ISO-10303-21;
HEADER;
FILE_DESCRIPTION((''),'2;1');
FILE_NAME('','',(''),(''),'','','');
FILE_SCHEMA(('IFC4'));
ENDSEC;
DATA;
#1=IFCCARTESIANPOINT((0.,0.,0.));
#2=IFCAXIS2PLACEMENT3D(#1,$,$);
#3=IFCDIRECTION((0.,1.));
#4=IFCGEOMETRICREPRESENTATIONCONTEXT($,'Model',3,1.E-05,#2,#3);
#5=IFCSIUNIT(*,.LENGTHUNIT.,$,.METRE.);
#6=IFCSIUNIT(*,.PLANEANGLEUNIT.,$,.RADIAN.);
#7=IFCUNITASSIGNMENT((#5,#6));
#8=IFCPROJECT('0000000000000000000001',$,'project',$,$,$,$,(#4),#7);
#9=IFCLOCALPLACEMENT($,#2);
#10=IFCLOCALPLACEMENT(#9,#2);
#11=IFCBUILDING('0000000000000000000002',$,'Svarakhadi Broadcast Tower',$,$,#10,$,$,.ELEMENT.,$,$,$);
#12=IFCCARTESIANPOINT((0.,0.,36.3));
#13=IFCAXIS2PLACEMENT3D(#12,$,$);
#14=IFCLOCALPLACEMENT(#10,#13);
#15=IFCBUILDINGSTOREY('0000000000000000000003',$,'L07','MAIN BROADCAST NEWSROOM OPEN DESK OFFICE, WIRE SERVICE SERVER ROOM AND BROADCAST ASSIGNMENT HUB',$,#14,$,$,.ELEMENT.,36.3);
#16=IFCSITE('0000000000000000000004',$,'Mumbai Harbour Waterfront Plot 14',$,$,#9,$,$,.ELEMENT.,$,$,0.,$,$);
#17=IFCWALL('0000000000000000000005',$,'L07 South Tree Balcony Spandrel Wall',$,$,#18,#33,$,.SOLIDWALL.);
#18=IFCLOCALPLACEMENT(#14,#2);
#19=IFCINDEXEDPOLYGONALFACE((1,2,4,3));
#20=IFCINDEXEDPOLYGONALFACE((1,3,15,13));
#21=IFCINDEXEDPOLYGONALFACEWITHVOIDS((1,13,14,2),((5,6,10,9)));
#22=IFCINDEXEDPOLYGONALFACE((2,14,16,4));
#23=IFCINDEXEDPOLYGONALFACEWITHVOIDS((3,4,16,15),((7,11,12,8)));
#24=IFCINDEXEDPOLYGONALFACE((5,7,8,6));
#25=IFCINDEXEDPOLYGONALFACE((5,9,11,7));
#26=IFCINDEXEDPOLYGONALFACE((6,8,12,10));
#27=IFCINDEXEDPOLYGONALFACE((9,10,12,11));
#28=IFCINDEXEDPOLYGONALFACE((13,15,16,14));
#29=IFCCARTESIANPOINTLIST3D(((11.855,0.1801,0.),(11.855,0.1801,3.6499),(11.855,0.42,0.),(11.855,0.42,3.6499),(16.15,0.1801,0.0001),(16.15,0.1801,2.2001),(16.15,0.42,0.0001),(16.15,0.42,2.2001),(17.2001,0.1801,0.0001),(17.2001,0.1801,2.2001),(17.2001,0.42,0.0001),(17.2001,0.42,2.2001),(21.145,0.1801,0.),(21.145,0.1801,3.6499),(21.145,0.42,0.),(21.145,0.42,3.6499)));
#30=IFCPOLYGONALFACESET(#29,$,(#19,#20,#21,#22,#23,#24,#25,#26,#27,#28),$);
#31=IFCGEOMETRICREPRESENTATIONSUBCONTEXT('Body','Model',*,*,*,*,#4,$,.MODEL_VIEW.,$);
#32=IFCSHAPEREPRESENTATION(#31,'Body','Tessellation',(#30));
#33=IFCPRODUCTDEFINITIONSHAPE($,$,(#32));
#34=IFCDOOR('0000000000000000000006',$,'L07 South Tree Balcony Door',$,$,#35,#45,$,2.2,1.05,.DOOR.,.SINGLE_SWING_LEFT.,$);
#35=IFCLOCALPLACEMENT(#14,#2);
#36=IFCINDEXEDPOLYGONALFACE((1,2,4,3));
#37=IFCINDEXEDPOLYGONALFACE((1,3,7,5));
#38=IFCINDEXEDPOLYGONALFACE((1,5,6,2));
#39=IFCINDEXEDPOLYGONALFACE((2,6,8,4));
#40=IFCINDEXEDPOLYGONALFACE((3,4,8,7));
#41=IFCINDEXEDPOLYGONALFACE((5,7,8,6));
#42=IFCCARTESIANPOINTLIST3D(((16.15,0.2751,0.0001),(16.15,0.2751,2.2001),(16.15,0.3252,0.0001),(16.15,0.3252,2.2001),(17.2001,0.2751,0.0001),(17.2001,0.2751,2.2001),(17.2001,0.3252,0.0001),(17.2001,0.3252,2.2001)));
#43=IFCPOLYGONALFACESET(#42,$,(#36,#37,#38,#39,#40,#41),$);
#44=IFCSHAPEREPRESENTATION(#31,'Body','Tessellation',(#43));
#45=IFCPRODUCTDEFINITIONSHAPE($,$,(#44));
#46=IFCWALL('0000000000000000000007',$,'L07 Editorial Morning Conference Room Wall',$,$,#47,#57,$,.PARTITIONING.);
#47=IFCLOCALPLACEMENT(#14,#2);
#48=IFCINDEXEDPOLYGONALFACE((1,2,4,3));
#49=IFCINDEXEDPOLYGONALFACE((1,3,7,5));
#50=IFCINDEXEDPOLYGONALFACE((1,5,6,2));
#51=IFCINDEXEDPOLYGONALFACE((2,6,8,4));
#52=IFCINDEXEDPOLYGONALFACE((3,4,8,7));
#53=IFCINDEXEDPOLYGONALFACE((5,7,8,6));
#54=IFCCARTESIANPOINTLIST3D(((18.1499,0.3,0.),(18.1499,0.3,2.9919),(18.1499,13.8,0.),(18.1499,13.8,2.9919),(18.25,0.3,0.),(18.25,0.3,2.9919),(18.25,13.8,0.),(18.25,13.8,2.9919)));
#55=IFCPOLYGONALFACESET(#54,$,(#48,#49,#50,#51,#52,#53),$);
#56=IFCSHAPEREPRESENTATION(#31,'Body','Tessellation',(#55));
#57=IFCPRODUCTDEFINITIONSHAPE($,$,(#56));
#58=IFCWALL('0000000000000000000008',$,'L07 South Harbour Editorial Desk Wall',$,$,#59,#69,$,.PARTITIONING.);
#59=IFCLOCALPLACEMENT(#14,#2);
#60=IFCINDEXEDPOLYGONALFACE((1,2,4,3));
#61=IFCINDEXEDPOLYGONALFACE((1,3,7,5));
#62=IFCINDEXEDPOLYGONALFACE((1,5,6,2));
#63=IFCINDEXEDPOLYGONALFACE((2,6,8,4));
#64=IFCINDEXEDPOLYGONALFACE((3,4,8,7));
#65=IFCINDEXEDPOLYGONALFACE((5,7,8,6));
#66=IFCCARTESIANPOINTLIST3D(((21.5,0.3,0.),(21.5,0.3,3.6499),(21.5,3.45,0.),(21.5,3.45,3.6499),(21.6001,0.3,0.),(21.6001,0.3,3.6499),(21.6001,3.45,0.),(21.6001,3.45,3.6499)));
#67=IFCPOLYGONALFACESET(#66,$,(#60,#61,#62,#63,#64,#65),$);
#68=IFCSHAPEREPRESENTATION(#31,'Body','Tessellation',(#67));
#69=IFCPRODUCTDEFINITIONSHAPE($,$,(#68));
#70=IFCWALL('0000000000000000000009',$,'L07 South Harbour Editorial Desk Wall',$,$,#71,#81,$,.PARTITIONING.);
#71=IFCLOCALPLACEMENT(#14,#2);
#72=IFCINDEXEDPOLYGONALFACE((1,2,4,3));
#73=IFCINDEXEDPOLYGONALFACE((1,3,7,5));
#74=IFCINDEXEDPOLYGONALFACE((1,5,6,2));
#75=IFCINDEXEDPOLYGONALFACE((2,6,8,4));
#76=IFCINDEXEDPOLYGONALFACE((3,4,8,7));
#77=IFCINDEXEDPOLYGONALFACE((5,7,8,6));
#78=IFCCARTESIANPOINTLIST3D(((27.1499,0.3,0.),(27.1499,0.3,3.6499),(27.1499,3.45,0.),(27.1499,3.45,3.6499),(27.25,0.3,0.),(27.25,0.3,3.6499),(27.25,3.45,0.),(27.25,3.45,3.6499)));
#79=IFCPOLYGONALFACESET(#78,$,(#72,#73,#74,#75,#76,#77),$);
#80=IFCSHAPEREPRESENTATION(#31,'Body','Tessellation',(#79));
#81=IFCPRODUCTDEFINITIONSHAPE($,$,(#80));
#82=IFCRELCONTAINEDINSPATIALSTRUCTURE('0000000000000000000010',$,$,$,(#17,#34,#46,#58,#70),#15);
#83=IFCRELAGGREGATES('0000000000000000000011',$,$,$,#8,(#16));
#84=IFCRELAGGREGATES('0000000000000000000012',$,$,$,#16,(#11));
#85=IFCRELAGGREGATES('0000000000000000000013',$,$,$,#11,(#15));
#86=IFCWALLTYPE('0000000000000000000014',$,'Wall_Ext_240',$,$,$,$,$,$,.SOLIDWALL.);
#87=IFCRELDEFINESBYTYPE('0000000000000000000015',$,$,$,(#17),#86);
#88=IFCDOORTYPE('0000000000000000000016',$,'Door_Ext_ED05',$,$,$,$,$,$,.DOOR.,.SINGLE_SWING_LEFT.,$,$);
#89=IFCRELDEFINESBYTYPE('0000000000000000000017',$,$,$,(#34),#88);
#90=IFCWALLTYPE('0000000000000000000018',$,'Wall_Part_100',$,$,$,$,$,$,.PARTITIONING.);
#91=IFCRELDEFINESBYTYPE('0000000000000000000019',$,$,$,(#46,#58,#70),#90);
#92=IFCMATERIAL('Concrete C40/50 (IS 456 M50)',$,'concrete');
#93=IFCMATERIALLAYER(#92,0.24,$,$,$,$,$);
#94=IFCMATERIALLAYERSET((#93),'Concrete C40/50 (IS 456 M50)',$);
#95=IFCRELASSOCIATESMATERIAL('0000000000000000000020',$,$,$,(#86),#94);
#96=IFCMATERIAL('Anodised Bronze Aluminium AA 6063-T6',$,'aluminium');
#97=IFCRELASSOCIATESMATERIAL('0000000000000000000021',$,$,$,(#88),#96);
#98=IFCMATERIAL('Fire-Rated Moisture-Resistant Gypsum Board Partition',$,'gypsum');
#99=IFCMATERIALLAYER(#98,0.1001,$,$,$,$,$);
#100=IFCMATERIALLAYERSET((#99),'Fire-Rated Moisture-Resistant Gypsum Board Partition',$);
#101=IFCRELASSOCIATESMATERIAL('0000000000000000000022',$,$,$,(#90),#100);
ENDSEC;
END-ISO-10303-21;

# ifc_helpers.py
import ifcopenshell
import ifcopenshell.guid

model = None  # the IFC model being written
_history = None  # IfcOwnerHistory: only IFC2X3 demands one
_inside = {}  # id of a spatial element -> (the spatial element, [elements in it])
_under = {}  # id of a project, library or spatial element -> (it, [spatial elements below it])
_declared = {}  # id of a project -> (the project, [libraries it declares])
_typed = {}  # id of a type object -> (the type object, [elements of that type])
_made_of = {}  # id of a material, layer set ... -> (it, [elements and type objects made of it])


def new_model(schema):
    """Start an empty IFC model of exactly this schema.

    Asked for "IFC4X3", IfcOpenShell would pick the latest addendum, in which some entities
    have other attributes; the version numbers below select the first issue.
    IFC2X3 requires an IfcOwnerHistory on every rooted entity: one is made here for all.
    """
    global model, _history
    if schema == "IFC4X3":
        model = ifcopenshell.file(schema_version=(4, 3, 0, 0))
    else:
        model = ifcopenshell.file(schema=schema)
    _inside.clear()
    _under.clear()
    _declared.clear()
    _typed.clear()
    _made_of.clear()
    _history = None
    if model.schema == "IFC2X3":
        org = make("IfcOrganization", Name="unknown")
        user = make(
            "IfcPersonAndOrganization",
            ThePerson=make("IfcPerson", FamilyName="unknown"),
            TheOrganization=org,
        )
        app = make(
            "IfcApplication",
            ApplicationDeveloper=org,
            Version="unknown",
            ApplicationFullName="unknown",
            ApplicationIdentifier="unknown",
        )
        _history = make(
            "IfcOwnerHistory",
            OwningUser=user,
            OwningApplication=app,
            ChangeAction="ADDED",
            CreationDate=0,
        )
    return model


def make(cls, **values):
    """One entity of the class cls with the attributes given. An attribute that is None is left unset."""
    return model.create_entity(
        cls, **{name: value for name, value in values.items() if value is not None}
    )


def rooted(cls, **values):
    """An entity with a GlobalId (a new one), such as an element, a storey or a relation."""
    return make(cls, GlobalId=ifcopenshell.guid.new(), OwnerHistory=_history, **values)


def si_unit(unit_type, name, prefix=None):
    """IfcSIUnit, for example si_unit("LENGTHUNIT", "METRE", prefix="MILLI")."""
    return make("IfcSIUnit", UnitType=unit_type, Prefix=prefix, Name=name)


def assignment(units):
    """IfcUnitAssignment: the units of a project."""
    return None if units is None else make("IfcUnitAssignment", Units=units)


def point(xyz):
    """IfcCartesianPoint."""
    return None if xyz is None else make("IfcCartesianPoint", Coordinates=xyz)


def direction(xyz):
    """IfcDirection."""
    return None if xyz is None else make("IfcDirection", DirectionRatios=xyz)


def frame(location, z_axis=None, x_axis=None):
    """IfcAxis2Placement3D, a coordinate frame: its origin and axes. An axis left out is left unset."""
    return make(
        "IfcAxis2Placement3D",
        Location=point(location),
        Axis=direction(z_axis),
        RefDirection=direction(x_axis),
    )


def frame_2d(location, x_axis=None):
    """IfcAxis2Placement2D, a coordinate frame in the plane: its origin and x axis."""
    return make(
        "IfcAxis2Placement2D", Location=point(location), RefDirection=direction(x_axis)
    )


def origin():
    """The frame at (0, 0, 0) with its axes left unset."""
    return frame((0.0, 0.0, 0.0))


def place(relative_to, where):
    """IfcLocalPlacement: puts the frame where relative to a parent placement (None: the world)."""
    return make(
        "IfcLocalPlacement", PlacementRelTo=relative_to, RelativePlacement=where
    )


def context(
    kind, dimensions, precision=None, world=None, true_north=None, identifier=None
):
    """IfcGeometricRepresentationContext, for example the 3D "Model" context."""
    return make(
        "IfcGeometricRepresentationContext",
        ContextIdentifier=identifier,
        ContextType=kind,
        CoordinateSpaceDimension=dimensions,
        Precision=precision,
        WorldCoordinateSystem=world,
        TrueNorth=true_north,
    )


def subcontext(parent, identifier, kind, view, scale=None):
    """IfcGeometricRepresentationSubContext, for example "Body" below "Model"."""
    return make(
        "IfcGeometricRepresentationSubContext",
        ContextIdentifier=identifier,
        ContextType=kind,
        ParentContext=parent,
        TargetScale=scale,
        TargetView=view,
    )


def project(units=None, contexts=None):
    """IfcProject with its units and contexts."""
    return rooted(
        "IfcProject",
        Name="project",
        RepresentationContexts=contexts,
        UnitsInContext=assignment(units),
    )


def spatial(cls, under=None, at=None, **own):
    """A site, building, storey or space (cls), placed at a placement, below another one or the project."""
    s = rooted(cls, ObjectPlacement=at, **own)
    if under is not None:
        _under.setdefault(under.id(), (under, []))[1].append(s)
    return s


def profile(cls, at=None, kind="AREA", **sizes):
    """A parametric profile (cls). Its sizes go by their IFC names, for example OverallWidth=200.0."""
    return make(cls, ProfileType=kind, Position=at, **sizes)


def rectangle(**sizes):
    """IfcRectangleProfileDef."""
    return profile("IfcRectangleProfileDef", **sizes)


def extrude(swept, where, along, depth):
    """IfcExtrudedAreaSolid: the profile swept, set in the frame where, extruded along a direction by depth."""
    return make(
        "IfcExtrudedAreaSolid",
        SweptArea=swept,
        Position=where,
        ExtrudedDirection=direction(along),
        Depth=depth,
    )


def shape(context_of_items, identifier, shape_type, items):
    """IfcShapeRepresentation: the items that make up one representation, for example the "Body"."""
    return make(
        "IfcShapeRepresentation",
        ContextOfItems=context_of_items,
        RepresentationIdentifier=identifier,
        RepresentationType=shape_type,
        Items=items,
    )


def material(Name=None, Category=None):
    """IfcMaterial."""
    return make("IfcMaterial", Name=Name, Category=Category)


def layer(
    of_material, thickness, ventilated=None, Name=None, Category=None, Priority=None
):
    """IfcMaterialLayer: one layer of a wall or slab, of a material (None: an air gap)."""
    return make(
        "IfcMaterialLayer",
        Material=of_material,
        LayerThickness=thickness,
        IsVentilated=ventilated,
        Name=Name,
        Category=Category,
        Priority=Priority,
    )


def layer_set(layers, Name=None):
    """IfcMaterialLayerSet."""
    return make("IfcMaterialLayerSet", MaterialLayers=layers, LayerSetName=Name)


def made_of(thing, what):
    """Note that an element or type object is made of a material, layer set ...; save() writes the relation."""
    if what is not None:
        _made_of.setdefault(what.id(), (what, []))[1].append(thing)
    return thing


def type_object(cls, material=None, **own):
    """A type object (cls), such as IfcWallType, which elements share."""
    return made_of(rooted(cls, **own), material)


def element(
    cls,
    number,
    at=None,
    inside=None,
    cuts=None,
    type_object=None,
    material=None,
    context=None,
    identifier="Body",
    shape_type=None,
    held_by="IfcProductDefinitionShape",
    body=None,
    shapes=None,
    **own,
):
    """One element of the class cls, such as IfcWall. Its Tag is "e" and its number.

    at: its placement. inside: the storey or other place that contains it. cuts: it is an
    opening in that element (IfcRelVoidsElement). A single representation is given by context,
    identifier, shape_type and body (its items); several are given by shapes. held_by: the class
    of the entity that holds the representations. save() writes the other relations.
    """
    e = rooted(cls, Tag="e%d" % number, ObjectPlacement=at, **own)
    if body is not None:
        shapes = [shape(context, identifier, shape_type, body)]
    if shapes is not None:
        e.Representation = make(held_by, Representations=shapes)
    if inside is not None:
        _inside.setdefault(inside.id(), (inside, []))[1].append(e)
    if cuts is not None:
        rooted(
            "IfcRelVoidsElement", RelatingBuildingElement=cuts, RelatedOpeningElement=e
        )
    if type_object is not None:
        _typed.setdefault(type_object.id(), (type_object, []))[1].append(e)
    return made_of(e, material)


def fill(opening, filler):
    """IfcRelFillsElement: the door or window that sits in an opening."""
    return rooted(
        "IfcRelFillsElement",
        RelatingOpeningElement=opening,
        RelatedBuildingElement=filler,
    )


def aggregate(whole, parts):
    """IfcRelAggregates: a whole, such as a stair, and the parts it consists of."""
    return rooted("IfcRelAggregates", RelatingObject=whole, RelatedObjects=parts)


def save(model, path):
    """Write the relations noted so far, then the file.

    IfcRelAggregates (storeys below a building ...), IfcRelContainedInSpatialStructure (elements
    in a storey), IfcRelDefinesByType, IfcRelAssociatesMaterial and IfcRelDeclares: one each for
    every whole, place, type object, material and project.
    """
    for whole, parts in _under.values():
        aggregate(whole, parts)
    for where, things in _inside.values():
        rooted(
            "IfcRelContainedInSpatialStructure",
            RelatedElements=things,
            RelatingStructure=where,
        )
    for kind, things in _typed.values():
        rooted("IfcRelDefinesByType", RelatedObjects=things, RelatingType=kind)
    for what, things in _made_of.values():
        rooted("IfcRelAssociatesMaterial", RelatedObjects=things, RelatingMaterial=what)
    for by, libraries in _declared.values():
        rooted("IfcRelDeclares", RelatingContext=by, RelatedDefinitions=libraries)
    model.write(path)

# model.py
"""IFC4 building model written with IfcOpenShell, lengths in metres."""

from ifc_helpers import new_model, si_unit, direction, frame, frame_2d, origin, place, context, subcontext, project, spatial, rectangle, extrude, material, layer, layer_set, type_object, element, fill, save


model = new_model("IFC4")

# Units and contexts
model_context = context("Model", 3, precision=1e-05, world=origin(), true_north=direction((0.0, 1.0)))
body_context = subcontext(model_context, "Body", "Model", "MODEL_VIEW")
ifc_project = project(units=[si_unit("LENGTHUNIT", "METRE"), si_unit("PLANEANGLEUNIT", "RADIAN")], contexts=[model_context])

# Site, building, storey
site_placement = place(None, origin())
site = spatial("IfcSite", under=ifc_project, at=site_placement, Name="Mumbai Harbour Waterfront Plot 14", CompositionType="ELEMENT", RefElevation=0.0)
building_placement = place(site_placement, origin())
building = spatial("IfcBuilding", under=site, at=building_placement, Name="Svarakhadi Broadcast Tower", CompositionType="ELEMENT")
storey_placement = place(building_placement, frame((0.0, 0.0, 36.3)))
storey = spatial("IfcBuildingStorey", under=building, at=storey_placement, Name="L07", Description="MAIN BROADCAST NEWSROOM OPEN DESK OFFICE, WIRE SERVICE SERVER ROOM AND BROADCAST ASSIGNMENT HUB", CompositionType="ELEMENT", Elevation=36.3)

# Shared definitions
ifc_material_1 = material(Name="Anodised Bronze Aluminium AA 6063-T6", Category="aluminium")

# Wall, opening, door
ifc_material_2 = material(Name="Concrete C40/50 (IS 456 M50)", Category="concrete")
ifc_layer_1 = layer(ifc_material_2, 0.24)
ifc_layer_set_1 = layer_set([ifc_layer_1], Name="Concrete C40/50 (IS 456 M50)")
wall_type_1 = type_object("IfcWallType", Name="Wall_Ext_240", PredefinedType="SOLIDWALL", material=ifc_layer_set_1)
wall_1_placement = place(storey_placement, frame((21.145, 0.3, 0.0), z_axis=(0.0, 0.0, 1.0), x_axis=(-1.0, 0.0, 0.0)))
wall_1 = element("IfcWall", 1, at=wall_1_placement, inside=storey, type_object=wall_type_1, Name="L07 South Tree Balcony Spandrel Wall", PredefinedType="SOLIDWALL", context=body_context, shape_type="SweptSolid", body=[
    extrude(rectangle(XDim=9.29, YDim=0.24, at=frame_2d((4.645, 0.0))), origin(), (0.0, 0.0, 1.0), 3.6499),
])
opening_placement = place(wall_1_placement, frame((3.9451, 0.0, 0.0)))
opening = element("IfcOpeningElement", 2, at=opening_placement, cuts=wall_1, PredefinedType="OPENING", context=body_context, shape_type="SweptSolid", body=[
    extrude(rectangle(XDim=1.05, YDim=2.2, at=frame_2d((0.5249, 1.1001))), frame((0.0, 0.1299, 0.0), z_axis=(0.0, -1.0, 0.0), x_axis=(1.0, 0.0, 0.0)), (0.0, 0.0, 1.0), 0.26),
])
door_type = type_object("IfcDoorType", Name="Door_Ext_ED05", OperationType="SINGLE_SWING_LEFT", PredefinedType="DOOR", material=ifc_material_1)
door_placement = place(opening_placement, origin())
door = element("IfcDoor", 3, at=door_placement, inside=storey, type_object=door_type, Name="L07 South Tree Balcony Door", OperationType="SINGLE_SWING_LEFT", OverallHeight=2.2, OverallWidth=1.05, PredefinedType="DOOR", context=body_context, shape_type="SweptSolid", body=[
    extrude(rectangle(XDim=1.05, YDim=2.2, at=frame_2d((0.5249, 1.1001))), frame((0.0, 0.0249, 0.0), z_axis=(0.0, -1.0, 0.0), x_axis=(1.0, 0.0, 0.0)), (0.0, 0.0, 1.0), 0.05),
])
fill(opening, door)

# Walls
ifc_material_3 = material(Name="Fire-Rated Moisture-Resistant Gypsum Board Partition", Category="gypsum")
ifc_layer_2 = layer(ifc_material_3, 0.1001)
ifc_layer_set_2 = layer_set([ifc_layer_2], Name="Fire-Rated Moisture-Resistant Gypsum Board Partition")
wall_type_2 = type_object("IfcWallType", Name="Wall_Part_100", PredefinedType="PARTITIONING", material=ifc_layer_set_2)
wall_2_placement = place(storey_placement, frame((18.2, 0.3, 0.0), z_axis=(0.0, 0.0, 1.0), x_axis=(0.0, 1.0, 0.0)))
element("IfcWall", 4, at=wall_2_placement, inside=storey, type_object=wall_type_2, Name="L07 Editorial Morning Conference Room Wall", PredefinedType="PARTITIONING", context=body_context, shape_type="SweptSolid", body=[
    extrude(rectangle(XDim=13.5, YDim=0.1001, at=frame_2d((6.75, 0.0))), origin(), (0.0, 0.0, 1.0), 2.9919),
])
for number, where, z_axis, x_axis, name in (
    (5, (21.55, 0.3, 0.0), (0.0, 0.0, 1.0), (0.0, 1.0, 0.0), "L07 South Harbour Editorial Desk Wall"),
    (6, (27.2, 0.3, 0.0), (0.0, 0.0, 1.0), (0.0, 1.0, 0.0), "L07 South Harbour Editorial Desk Wall"),
):
    element("IfcWall", number, at=place(storey_placement, frame(where, z_axis=z_axis, x_axis=x_axis)), inside=storey, type_object=wall_type_2, Name=name, PredefinedType="PARTITIONING", context=body_context, shape_type="SweptSolid", body=[
        extrude(rectangle(XDim=3.1499, YDim=0.1001, at=frame_2d((1.575, 0.0))), origin(), (0.0, 0.0, 1.0), 3.6499),
    ])

save(model, "model.ifc")
